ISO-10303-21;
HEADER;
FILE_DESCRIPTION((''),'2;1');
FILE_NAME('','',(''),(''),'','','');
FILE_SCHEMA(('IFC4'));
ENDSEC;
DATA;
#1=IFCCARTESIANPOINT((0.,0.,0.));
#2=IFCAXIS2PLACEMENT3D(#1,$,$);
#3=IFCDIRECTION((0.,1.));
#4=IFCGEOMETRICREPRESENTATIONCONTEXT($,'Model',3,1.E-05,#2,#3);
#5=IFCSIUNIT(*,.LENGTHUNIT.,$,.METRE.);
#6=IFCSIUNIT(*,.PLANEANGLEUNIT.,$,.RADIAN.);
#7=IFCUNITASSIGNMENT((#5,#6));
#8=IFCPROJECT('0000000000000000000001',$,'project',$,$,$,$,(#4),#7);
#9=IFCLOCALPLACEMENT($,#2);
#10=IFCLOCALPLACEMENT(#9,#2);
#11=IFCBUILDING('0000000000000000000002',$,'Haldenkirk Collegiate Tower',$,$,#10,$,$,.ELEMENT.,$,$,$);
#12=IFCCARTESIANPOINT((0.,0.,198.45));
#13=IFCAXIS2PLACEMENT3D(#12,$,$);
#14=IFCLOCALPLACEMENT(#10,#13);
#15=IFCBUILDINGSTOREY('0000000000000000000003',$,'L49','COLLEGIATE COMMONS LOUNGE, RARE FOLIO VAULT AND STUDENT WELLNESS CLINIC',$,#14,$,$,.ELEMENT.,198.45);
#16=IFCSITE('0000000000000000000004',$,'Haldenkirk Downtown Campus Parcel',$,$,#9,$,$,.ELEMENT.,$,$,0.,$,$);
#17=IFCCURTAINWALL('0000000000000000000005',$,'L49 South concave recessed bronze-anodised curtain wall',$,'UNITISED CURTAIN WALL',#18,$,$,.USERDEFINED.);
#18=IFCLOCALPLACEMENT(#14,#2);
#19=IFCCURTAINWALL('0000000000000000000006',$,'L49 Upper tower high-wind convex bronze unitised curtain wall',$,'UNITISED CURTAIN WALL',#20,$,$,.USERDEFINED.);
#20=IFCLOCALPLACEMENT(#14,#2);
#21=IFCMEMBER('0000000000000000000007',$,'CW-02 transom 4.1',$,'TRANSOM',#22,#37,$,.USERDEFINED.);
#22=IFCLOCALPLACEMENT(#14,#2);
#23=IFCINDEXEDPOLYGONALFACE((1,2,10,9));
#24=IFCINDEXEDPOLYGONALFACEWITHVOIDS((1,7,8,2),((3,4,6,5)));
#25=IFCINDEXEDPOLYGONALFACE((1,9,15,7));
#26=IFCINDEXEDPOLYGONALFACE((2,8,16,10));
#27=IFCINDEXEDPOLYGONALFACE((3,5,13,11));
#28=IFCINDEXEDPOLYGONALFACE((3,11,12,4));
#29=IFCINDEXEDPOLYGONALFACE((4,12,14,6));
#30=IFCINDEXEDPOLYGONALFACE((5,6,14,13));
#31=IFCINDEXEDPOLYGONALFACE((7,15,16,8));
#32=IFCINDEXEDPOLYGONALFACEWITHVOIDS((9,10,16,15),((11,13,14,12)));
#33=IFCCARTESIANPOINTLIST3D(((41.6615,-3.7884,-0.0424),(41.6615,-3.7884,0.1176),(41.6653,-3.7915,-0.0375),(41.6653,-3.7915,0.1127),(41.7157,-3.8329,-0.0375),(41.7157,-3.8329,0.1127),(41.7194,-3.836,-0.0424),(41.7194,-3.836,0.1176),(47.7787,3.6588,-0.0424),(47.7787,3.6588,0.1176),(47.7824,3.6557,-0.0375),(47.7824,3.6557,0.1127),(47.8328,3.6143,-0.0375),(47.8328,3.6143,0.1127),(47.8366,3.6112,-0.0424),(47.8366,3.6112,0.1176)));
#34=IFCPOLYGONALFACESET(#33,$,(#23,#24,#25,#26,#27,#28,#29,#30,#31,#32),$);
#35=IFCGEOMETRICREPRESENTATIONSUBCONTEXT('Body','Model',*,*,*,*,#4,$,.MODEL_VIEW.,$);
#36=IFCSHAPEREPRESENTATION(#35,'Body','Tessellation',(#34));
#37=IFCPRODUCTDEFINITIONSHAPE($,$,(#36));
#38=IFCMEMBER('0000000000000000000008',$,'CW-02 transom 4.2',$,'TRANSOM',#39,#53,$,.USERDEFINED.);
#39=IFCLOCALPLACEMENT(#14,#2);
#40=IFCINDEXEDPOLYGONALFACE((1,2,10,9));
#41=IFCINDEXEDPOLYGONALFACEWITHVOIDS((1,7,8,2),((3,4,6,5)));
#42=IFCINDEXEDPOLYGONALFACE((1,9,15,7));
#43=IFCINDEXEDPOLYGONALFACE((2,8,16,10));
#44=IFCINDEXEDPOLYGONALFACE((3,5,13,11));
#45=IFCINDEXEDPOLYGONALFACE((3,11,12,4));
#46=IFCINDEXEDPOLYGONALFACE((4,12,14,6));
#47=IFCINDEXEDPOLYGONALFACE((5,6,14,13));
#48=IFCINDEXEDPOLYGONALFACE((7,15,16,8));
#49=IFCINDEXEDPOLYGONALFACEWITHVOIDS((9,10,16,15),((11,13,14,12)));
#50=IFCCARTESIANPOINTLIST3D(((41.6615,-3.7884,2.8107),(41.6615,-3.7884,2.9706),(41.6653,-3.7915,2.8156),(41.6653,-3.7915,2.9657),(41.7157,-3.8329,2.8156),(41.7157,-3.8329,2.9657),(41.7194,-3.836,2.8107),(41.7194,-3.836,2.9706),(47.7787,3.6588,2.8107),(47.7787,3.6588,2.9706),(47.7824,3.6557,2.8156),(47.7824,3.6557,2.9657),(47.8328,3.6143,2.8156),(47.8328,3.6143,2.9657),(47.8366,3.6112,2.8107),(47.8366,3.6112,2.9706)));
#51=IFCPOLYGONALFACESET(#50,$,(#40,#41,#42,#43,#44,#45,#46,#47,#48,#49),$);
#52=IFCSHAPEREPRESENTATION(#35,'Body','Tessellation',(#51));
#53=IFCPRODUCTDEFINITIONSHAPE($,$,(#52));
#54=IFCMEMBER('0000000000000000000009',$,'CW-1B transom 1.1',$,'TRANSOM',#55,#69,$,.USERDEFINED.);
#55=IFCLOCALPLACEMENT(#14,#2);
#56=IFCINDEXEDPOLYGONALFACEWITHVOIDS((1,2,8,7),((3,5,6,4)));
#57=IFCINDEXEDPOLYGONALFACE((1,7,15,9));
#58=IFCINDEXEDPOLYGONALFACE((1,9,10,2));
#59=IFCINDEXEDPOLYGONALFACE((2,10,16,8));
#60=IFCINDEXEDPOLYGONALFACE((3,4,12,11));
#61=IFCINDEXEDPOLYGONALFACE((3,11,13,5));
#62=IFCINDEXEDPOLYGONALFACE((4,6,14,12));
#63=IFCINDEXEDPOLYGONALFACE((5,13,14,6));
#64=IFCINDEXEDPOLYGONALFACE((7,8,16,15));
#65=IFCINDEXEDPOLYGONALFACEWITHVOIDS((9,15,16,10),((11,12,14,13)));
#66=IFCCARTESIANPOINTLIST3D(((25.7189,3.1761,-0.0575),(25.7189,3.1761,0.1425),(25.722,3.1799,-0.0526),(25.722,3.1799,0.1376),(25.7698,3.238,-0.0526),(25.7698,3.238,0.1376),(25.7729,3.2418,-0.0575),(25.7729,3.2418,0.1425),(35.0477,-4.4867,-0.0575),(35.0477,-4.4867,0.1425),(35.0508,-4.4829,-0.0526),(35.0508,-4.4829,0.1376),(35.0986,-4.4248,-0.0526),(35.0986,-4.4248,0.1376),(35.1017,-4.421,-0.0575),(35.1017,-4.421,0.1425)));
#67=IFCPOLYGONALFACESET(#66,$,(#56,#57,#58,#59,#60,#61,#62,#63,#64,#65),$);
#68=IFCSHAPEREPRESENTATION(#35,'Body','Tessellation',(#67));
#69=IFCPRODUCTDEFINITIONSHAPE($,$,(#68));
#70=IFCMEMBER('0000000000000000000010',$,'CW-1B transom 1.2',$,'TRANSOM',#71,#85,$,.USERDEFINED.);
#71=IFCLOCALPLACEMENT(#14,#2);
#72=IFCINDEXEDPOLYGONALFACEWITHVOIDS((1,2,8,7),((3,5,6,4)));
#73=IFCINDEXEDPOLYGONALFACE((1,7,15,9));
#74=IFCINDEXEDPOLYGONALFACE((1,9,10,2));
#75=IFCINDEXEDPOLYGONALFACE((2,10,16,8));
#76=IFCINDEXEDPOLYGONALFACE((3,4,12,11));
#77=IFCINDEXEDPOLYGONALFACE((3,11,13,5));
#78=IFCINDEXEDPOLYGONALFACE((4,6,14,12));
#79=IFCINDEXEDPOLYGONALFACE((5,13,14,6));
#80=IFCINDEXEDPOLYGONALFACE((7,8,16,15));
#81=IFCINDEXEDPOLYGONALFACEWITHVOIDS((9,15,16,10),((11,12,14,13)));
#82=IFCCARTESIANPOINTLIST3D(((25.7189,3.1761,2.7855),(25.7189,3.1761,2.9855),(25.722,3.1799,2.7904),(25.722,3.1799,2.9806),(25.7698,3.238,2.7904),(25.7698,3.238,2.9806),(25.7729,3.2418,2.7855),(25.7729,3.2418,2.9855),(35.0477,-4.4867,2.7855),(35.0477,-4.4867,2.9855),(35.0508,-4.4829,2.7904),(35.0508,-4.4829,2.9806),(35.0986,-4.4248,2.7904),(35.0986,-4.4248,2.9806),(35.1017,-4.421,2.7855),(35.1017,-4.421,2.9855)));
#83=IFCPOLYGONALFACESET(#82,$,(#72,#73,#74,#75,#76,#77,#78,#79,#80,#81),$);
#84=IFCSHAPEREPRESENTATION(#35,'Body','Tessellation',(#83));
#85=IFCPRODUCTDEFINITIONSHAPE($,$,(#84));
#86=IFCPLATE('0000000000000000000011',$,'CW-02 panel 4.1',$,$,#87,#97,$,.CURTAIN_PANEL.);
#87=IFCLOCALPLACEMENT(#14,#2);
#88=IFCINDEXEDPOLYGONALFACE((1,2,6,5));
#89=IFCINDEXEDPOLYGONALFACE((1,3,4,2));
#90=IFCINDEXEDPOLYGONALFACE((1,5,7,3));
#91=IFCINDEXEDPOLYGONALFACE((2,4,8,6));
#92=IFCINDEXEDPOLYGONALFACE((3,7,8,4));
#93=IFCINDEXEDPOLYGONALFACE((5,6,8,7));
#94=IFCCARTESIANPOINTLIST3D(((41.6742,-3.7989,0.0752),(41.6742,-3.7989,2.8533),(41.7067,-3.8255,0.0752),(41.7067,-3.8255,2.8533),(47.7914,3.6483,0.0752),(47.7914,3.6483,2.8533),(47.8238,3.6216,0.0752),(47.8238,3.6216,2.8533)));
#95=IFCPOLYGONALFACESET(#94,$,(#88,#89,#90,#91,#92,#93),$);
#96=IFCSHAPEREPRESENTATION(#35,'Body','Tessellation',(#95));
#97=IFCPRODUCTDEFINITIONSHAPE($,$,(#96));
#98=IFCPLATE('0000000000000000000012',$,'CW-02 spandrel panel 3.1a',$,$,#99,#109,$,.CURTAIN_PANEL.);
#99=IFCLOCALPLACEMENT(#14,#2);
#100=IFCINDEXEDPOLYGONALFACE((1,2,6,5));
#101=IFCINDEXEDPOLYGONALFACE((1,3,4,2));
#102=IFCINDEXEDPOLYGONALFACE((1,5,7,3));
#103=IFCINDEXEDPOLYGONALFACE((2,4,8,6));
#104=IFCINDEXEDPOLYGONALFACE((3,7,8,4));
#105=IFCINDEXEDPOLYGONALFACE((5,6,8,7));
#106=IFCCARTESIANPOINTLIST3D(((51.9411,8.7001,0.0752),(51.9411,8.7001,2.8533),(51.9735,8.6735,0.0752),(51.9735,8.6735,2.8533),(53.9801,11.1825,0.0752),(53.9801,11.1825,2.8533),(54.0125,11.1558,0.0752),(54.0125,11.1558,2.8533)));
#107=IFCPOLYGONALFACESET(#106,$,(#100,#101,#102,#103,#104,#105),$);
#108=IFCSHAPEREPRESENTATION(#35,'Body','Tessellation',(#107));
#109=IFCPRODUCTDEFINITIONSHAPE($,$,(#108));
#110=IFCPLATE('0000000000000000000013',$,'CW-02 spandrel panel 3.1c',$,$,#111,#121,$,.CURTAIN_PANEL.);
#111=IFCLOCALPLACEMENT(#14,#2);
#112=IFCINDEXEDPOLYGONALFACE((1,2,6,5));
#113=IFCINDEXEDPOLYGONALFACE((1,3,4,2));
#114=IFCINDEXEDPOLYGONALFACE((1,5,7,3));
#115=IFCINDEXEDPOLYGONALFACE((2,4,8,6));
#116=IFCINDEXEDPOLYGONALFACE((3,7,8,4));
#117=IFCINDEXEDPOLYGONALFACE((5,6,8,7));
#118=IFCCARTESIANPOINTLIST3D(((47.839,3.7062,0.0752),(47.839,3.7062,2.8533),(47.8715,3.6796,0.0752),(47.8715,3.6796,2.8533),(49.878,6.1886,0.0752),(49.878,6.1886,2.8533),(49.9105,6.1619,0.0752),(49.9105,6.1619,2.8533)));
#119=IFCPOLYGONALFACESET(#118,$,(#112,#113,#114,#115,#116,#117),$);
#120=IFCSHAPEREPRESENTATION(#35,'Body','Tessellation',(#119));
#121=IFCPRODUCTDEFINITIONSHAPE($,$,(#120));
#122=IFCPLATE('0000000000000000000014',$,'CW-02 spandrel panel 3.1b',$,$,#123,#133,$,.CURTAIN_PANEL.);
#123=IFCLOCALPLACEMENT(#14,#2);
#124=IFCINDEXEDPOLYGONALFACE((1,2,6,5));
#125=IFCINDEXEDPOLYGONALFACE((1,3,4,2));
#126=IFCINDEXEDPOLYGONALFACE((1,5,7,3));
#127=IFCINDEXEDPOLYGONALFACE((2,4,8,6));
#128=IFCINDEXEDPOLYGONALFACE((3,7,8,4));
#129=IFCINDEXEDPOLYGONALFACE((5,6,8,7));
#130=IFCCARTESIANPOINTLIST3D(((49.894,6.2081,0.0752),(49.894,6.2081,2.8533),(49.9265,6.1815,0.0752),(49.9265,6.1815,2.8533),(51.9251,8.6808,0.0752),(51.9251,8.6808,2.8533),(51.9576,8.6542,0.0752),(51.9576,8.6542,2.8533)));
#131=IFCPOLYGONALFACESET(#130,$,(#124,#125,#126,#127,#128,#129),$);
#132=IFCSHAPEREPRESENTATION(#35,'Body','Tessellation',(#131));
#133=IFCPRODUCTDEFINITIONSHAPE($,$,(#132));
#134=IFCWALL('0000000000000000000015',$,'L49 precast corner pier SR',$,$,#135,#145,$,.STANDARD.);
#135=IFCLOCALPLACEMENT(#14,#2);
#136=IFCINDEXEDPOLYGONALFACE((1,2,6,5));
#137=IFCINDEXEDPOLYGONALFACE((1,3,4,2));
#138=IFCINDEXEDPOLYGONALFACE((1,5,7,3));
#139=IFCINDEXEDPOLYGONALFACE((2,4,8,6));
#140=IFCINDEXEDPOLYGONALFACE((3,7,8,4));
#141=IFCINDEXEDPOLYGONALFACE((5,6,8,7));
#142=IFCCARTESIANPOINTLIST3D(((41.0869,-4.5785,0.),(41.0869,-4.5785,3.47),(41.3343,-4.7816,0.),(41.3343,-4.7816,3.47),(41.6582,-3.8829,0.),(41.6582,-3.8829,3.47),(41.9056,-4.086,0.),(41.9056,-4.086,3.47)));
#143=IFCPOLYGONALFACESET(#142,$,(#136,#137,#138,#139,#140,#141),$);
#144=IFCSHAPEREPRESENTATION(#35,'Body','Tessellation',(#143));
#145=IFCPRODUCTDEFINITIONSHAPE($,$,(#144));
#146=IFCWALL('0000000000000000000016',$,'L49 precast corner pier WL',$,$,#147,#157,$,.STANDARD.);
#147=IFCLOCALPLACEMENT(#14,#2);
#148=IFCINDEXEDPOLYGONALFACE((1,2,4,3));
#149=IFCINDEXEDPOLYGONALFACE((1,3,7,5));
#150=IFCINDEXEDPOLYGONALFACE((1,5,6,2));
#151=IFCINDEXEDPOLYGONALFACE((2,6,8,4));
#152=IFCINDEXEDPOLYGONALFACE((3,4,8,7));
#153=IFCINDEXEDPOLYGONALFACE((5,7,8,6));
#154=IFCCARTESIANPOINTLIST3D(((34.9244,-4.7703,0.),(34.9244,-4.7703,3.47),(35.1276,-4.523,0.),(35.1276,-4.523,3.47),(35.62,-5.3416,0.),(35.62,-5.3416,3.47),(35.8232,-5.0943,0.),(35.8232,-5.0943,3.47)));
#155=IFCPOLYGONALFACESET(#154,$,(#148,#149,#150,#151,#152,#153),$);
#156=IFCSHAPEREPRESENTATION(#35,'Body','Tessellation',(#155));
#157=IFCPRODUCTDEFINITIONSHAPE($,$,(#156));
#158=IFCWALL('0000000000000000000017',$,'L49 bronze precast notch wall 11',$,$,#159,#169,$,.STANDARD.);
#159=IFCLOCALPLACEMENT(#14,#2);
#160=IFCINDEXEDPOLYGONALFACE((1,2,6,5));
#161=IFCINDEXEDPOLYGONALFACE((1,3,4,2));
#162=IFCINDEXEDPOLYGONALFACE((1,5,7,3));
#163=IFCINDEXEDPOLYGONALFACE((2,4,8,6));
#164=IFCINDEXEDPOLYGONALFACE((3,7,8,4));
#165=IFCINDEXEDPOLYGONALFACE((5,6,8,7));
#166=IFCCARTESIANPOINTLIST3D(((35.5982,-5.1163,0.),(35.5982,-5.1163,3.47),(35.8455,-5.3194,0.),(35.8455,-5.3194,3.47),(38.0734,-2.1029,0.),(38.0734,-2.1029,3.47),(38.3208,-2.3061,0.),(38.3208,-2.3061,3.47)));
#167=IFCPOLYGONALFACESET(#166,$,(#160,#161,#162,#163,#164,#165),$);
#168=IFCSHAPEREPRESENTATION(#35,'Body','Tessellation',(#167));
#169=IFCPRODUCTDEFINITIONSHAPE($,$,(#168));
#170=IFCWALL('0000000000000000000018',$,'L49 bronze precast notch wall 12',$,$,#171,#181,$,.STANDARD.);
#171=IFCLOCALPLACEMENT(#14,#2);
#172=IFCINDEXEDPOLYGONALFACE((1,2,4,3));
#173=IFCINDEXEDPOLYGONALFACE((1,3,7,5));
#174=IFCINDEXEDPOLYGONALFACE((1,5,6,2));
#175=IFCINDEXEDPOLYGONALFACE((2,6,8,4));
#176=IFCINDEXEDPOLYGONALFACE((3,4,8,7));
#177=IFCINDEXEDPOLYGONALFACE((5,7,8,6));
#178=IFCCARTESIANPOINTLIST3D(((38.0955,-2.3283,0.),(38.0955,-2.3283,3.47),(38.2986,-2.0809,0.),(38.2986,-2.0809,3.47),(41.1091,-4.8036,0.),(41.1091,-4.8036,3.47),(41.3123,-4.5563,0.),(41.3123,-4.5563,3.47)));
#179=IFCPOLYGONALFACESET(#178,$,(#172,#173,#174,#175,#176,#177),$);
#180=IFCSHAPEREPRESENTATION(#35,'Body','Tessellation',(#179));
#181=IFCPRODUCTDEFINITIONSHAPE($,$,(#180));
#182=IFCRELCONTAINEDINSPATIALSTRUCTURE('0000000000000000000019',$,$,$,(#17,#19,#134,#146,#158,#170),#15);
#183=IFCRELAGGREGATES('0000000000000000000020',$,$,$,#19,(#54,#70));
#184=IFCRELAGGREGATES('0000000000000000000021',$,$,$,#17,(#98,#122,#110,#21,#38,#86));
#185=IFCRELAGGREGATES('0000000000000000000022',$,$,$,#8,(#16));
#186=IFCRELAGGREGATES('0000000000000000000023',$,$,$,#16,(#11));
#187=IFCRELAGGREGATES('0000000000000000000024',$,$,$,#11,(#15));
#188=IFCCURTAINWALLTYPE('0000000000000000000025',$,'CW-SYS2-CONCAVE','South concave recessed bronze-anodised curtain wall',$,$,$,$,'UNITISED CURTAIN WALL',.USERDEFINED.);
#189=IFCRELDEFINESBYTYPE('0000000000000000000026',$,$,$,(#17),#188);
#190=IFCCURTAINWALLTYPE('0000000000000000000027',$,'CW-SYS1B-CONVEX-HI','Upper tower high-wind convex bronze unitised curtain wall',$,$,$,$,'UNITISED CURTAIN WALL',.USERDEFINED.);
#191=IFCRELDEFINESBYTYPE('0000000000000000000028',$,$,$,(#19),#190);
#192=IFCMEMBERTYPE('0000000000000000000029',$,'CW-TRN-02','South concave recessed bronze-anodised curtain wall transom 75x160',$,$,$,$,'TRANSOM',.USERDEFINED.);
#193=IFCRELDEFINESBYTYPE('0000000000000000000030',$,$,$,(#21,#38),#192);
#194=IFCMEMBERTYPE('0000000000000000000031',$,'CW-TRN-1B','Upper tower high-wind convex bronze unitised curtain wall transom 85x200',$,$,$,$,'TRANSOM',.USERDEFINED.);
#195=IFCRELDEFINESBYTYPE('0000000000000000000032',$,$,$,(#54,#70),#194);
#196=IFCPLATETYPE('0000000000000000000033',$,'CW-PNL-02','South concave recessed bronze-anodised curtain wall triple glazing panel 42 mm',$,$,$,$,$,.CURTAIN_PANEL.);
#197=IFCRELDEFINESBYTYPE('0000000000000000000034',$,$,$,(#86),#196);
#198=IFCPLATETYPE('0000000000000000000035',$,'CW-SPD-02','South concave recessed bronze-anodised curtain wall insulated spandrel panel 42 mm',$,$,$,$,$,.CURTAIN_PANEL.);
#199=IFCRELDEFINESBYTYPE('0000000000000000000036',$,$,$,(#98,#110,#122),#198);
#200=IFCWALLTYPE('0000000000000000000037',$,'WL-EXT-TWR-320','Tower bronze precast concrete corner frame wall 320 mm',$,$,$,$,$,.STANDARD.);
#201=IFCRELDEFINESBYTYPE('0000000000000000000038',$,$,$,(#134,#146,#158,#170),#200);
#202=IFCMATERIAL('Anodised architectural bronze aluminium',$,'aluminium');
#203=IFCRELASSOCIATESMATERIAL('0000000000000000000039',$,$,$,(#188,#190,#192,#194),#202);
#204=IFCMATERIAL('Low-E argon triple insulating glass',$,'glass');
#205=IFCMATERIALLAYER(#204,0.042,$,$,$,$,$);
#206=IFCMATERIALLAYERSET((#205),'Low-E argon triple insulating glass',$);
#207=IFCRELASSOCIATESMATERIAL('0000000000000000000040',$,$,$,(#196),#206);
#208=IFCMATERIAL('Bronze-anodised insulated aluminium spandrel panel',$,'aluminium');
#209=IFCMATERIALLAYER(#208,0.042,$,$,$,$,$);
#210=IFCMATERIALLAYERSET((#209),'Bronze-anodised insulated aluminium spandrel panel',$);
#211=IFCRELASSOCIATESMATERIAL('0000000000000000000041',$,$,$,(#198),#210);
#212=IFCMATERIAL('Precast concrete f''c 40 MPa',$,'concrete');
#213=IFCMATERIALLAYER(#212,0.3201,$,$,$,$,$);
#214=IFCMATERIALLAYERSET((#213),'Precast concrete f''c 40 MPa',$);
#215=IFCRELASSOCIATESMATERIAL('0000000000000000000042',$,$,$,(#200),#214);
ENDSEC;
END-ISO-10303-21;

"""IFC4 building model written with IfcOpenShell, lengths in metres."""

from ifc_helpers import new_model, si_unit, direction, frame, frame_2d, origin, origin_2d, place, context, subcontext, project, spatial, rectangle, hollow_rectangle, extrude, source, transform, mapped, material, layer, layer_set, material_profile, profile_set, type_object, element, aggregate, save


model = new_model("IFC4")

# Units and contexts
model_context = context("Model", 3, precision=1e-05, world=origin(), true_north=direction((0.0, 1.0)))
body_context = subcontext(model_context, "Body", "Model", "MODEL_VIEW")
ifc_project = project(units=[si_unit("LENGTHUNIT", "METRE"), si_unit("PLANEANGLEUNIT", "RADIAN")], contexts=[model_context])

# Site, building, storey
site_placement = place(None, origin())
site = spatial("IfcSite", under=ifc_project, at=site_placement, Name="Haldenkirk Downtown Campus Parcel", CompositionType="ELEMENT", RefElevation=0.0)
building_placement = place(site_placement, origin())
building = spatial("IfcBuilding", under=site, at=building_placement, Name="Haldenkirk Collegiate Tower", CompositionType="ELEMENT")
storey_placement = place(building_placement, frame((0.0, 0.0, 198.45)))
storey = spatial("IfcBuildingStorey", under=building, at=storey_placement, Name="L49", Description="COLLEGIATE COMMONS LOUNGE, RARE FOLIO VAULT AND STUDENT WELLNESS CLINIC", CompositionType="ELEMENT", Elevation=198.45)

# Curtain wall
ifc_material_1 = material(Name="Anodised architectural bronze aluminium", Category="aluminium")
curtain_wall_type_1 = type_object("IfcCurtainWallType", Name="CW-SYS2-CONCAVE", Description="South concave recessed bronze-anodised curtain wall", ElementType="UNITISED CURTAIN WALL", PredefinedType="USERDEFINED", material=ifc_material_1)
curtain_wall_1_placement = place(storey_placement, origin())
curtain_wall_1 = element("IfcCurtainWall", 1, at=curtain_wall_1_placement, inside=storey, type_object=curtain_wall_type_1, Name="L49 South concave recessed bronze-anodised curtain wall", ObjectType="UNITISED CURTAIN WALL", PredefinedType="USERDEFINED")

# Curtain wall
curtain_wall_type_2 = type_object("IfcCurtainWallType", Name="CW-SYS1B-CONVEX-HI", Description="Upper tower high-wind convex bronze unitised curtain wall", ElementType="UNITISED CURTAIN WALL", PredefinedType="USERDEFINED", material=ifc_material_1)
curtain_wall_2_placement = place(storey_placement, origin())
curtain_wall_2 = element("IfcCurtainWall", 2, at=curtain_wall_2_placement, inside=storey, type_object=curtain_wall_type_2, Name="L49 Upper tower high-wind convex bronze unitised curtain wall", ObjectType="UNITISED CURTAIN WALL", PredefinedType="USERDEFINED")

# Members
ifc_material_profile_1 = material_profile(ifc_material_1, hollow_rectangle(XDim=0.075, YDim=0.1599, WallThickness=0.0049, at=origin_2d()), Name="CW-TRN-02")
ifc_profile_set_1 = profile_set([ifc_material_profile_1], Name="Anodised architectural bronze aluminium")
member_type_1 = type_object("IfcMemberType", Name="CW-TRN-02", Description="South concave recessed bronze-anodised curtain wall transom 75x160", ElementType="TRANSOM", PredefinedType="USERDEFINED", material=ifc_profile_set_1)
member_1_placement = place(storey_placement, frame((47.8076, 3.635, 0.0376), z_axis=(-0.634726, -0.772737, 0.0), x_axis=(0.772737, -0.634726, 0.0)))
member_1 = element("IfcMember", 3, at=member_1_placement, type_object=member_type_1, Name="CW-02 transom 4.1", ObjectType="TRANSOM", PredefinedType="USERDEFINED", context=body_context, shape_type="SweptSolid", body=[
    extrude(hollow_rectangle(XDim=0.075, YDim=0.1599, WallThickness=0.0049, at=origin_2d()), origin(), (0.0, 0.0, 1.0), 9.6375),
])
member_2_placement = place(storey_placement, frame((47.8076, 3.635, 2.8906), z_axis=(-0.634726, -0.772737, 0.0), x_axis=(0.772737, -0.634726, 0.0)))
member_2 = element("IfcMember", 4, at=member_2_placement, type_object=member_type_1, Name="CW-02 transom 4.2", ObjectType="TRANSOM", PredefinedType="USERDEFINED", context=body_context, shape_type="SweptSolid", body=[
    extrude(hollow_rectangle(XDim=0.075, YDim=0.1599, WallThickness=0.0049, at=origin_2d()), origin(), (0.0, 0.0, 1.0), 9.6375),
])
ifc_material_profile_2 = material_profile(ifc_material_1, hollow_rectangle(XDim=0.085, YDim=0.2, WallThickness=0.0049, at=origin_2d()), Name="CW-TRN-1B")
ifc_profile_set_2 = profile_set([ifc_material_profile_2], Name="Anodised architectural bronze aluminium")
member_type_2 = type_object("IfcMemberType", Name="CW-TRN-1B", Description="Upper tower high-wind convex bronze unitised curtain wall transom 85x200", ElementType="TRANSOM", PredefinedType="USERDEFINED", material=ifc_profile_set_2)
member_3_placement = place(storey_placement, frame((35.0747, -4.4539, 0.0425), z_axis=(-0.772732, 0.634732, 0.0), x_axis=(-0.634732, -0.772732, 0.0)))
member_3 = element("IfcMember", 5, at=member_3_placement, type_object=member_type_2, Name="CW-1B transom 1.1", ObjectType="TRANSOM", PredefinedType="USERDEFINED", context=body_context, shape_type="SweptSolid", body=[
    extrude(hollow_rectangle(XDim=0.085, YDim=0.2, WallThickness=0.0049, at=origin_2d()), origin(), (0.0, 0.0, 1.0), 12.0725),
])
member_4_placement = place(storey_placement, frame((35.0747, -4.4539, 2.8855), z_axis=(-0.772732, 0.634732, 0.0), x_axis=(-0.634732, -0.772732, 0.0)))
member_4 = element("IfcMember", 6, at=member_4_placement, type_object=member_type_2, Name="CW-1B transom 1.2", ObjectType="TRANSOM", PredefinedType="USERDEFINED", context=body_context, shape_type="SweptSolid", body=[
    extrude(hollow_rectangle(XDim=0.085, YDim=0.2, WallThickness=0.0049, at=origin_2d()), origin(), (0.0, 0.0, 1.0), 12.0725),
])
aggregate(curtain_wall_2, [member_3, member_4])

# Plates
ifc_material_2 = material(Name="Low-E argon triple insulating glass", Category="glass")
ifc_layer_1 = layer(ifc_material_2, 0.042)
ifc_layer_set_1 = layer_set([ifc_layer_1], Name="Low-E argon triple insulating glass")
plate_type_1 = type_object("IfcPlateType", Name="CW-PNL-02", Description="South concave recessed bronze-anodised curtain wall triple glazing panel 42 mm", PredefinedType="CURTAIN_PANEL", material=ifc_layer_set_1)
shared_shape_1 = source(origin(), body_context, "Body", "SweptSolid", [
    extrude(rectangle(XDim=9.6375, YDim=0.042, at=origin_2d()), origin(), (0.0, 0.0, 1.0), 2.7781),
])
plate_1_placement = place(storey_placement, frame((44.749, -0.0886, 0.0752), z_axis=(0.0, 0.0, 1.0), x_axis=(-0.634731, -0.772734, 0.0)))
plate_1 = element("IfcPlate", 7, at=plate_1_placement, type_object=plate_type_1, Name="CW-02 panel 4.1", PredefinedType="CURTAIN_PANEL", context=body_context, shape_type="MappedRepresentation", body=[
    mapped(shared_shape_1, transform((0.0, 0.0, 0.0), x_axis=(1.0, 0.0, 0.0), y_axis=(0.0, 1.0, 0.0), z_axis=(0.0, 0.0, 1.0), scale=1.0)),
])
ifc_material_3 = material(Name="Bronze-anodised insulated aluminium spandrel panel", Category="aluminium")
ifc_layer_2 = layer(ifc_material_3, 0.042)
ifc_layer_set_2 = layer_set([ifc_layer_2], Name="Bronze-anodised insulated aluminium spandrel panel")
plate_type_2 = type_object("IfcPlateType", Name="CW-SPD-02", Description="South concave recessed bronze-anodised curtain wall insulated spandrel panel 42 mm", PredefinedType="CURTAIN_PANEL", material=ifc_layer_set_2)
shared_shape_2 = source(origin(), body_context, "Body", "SweptSolid", [
    extrude(rectangle(XDim=3.2124, YDim=0.042, at=origin_2d()), origin(), (0.0, 0.0, 1.0), 2.7781),
])
plate_2_placement = place(storey_placement, frame((52.9768, 9.928, 0.0752), z_axis=(0.0, 0.0, 1.0), x_axis=(-0.634731, -0.772734, 0.0)))
plate_2 = element("IfcPlate", 8, at=plate_2_placement, type_object=plate_type_2, Name="CW-02 spandrel panel 3.1a", PredefinedType="CURTAIN_PANEL", context=body_context, shape_type="MappedRepresentation", body=[
    mapped(shared_shape_2, transform((0.0, 0.0, 0.0), x_axis=(1.0, 0.0, 0.0), y_axis=(0.0, 1.0, 0.0), z_axis=(0.0, 0.0, 1.0), scale=1.0)),
])
plate_3_placement = place(storey_placement, frame((48.8748, 4.9341, 0.0752), z_axis=(0.0, 0.0, 1.0), x_axis=(-0.634731, -0.772734, 0.0)))
plate_3 = element("IfcPlate", 9, at=plate_3_placement, type_object=plate_type_2, Name="CW-02 spandrel panel 3.1c", PredefinedType="CURTAIN_PANEL", context=body_context, shape_type="MappedRepresentation", body=[
    mapped(shared_shape_2, transform((0.0, 0.0, 0.0), x_axis=(1.0, 0.0, 0.0), y_axis=(0.0, 1.0, 0.0), z_axis=(0.0, 0.0, 1.0), scale=1.0)),
])
shared_shape_3 = source(origin(), body_context, "Body", "SweptSolid", [
    extrude(rectangle(XDim=3.2, YDim=0.042, at=origin_2d()), origin(), (0.0, 0.0, 1.0), 2.7781),
])
plate_4_placement = place(storey_placement, frame((50.9258, 7.4312, 0.0752), z_axis=(0.0, 0.0, 1.0), x_axis=(-0.634731, -0.772734, 0.0)))
plate_4 = element("IfcPlate", 10, at=plate_4_placement, type_object=plate_type_2, Name="CW-02 spandrel panel 3.1b", PredefinedType="CURTAIN_PANEL", context=body_context, shape_type="MappedRepresentation", body=[
    mapped(shared_shape_3, transform((0.0, 0.0, 0.0), x_axis=(1.0, 0.0, 0.0), y_axis=(0.0, 1.0, 0.0), z_axis=(0.0, 0.0, 1.0), scale=1.0)),
])
aggregate(curtain_wall_1, [plate_2, plate_4, plate_3, member_1, member_2, plate_1])

# Walls
ifc_material_4 = material(Name="Precast concrete f'c 40 MPa", Category="concrete")
ifc_layer_3 = layer(ifc_material_4, 0.3201)
ifc_layer_set_3 = layer_set([ifc_layer_3], Name="Precast concrete f'c 40 MPa")
wall_type_1 = type_object("IfcWallType", Name="WL-EXT-TWR-320", Description="Tower bronze precast concrete corner frame wall 320 mm", PredefinedType="STANDARD", material=ifc_layer_set_3)
for number, where, z_axis, x_axis, name in (
    (11, (41.782, -3.9844, 0.0), (0.0, 0.0, 1.0), (-0.634699, -0.77276, 0.0), "L49 precast corner pier SR"),
    (12, (35.7217, -5.218, 0.0), (0.0, 0.0, 1.0), (-0.77276, 0.634699, 0.0), "L49 precast corner pier WL"),
):
    element("IfcWall", number, at=place(storey_placement, frame(where, z_axis=z_axis, x_axis=x_axis)), inside=storey, type_object=wall_type_1, Name=name, PredefinedType="STANDARD", context=body_context, shape_type="SweptSolid", body=[
        extrude(rectangle(XDim=0.9001, YDim=0.3201, at=frame_2d((0.4502, 0.0))), origin(), (0.0, 0.0, 1.0), 3.47),
    ])
wall_1_placement = place(storey_placement, frame((38.197, -2.2046, 0.0), z_axis=(0.0, 0.0, 1.0), x_axis=(-0.634743, -0.772723, 0.0)))
element("IfcWall", 13, at=wall_1_placement, inside=storey, type_object=wall_type_1, Name="L49 bronze precast notch wall 11", PredefinedType="STANDARD", context=body_context, shape_type="SweptSolid", body=[
    extrude(rectangle(XDim=3.8997, YDim=0.3201, at=frame_2d((1.9497, 0.0))), origin(), (0.0, 0.0, 1.0), 3.47),
])
wall_2_placement = place(storey_placement, frame((41.2107, -4.6799, 0.0), z_axis=(0.0, 0.0, 1.0), x_axis=(-0.772748, 0.634713, 0.0)))
element("IfcWall", 14, at=wall_2_placement, inside=storey, type_object=wall_type_1, Name="L49 bronze precast notch wall 12", PredefinedType="STANDARD", context=body_context, shape_type="SweptSolid", body=[
    extrude(rectangle(XDim=3.8999, YDim=0.3201, at=frame_2d((1.95, 0.0))), origin(), (0.0, 0.0, 1.0), 3.47),
])

save(model, "model.ifc")
